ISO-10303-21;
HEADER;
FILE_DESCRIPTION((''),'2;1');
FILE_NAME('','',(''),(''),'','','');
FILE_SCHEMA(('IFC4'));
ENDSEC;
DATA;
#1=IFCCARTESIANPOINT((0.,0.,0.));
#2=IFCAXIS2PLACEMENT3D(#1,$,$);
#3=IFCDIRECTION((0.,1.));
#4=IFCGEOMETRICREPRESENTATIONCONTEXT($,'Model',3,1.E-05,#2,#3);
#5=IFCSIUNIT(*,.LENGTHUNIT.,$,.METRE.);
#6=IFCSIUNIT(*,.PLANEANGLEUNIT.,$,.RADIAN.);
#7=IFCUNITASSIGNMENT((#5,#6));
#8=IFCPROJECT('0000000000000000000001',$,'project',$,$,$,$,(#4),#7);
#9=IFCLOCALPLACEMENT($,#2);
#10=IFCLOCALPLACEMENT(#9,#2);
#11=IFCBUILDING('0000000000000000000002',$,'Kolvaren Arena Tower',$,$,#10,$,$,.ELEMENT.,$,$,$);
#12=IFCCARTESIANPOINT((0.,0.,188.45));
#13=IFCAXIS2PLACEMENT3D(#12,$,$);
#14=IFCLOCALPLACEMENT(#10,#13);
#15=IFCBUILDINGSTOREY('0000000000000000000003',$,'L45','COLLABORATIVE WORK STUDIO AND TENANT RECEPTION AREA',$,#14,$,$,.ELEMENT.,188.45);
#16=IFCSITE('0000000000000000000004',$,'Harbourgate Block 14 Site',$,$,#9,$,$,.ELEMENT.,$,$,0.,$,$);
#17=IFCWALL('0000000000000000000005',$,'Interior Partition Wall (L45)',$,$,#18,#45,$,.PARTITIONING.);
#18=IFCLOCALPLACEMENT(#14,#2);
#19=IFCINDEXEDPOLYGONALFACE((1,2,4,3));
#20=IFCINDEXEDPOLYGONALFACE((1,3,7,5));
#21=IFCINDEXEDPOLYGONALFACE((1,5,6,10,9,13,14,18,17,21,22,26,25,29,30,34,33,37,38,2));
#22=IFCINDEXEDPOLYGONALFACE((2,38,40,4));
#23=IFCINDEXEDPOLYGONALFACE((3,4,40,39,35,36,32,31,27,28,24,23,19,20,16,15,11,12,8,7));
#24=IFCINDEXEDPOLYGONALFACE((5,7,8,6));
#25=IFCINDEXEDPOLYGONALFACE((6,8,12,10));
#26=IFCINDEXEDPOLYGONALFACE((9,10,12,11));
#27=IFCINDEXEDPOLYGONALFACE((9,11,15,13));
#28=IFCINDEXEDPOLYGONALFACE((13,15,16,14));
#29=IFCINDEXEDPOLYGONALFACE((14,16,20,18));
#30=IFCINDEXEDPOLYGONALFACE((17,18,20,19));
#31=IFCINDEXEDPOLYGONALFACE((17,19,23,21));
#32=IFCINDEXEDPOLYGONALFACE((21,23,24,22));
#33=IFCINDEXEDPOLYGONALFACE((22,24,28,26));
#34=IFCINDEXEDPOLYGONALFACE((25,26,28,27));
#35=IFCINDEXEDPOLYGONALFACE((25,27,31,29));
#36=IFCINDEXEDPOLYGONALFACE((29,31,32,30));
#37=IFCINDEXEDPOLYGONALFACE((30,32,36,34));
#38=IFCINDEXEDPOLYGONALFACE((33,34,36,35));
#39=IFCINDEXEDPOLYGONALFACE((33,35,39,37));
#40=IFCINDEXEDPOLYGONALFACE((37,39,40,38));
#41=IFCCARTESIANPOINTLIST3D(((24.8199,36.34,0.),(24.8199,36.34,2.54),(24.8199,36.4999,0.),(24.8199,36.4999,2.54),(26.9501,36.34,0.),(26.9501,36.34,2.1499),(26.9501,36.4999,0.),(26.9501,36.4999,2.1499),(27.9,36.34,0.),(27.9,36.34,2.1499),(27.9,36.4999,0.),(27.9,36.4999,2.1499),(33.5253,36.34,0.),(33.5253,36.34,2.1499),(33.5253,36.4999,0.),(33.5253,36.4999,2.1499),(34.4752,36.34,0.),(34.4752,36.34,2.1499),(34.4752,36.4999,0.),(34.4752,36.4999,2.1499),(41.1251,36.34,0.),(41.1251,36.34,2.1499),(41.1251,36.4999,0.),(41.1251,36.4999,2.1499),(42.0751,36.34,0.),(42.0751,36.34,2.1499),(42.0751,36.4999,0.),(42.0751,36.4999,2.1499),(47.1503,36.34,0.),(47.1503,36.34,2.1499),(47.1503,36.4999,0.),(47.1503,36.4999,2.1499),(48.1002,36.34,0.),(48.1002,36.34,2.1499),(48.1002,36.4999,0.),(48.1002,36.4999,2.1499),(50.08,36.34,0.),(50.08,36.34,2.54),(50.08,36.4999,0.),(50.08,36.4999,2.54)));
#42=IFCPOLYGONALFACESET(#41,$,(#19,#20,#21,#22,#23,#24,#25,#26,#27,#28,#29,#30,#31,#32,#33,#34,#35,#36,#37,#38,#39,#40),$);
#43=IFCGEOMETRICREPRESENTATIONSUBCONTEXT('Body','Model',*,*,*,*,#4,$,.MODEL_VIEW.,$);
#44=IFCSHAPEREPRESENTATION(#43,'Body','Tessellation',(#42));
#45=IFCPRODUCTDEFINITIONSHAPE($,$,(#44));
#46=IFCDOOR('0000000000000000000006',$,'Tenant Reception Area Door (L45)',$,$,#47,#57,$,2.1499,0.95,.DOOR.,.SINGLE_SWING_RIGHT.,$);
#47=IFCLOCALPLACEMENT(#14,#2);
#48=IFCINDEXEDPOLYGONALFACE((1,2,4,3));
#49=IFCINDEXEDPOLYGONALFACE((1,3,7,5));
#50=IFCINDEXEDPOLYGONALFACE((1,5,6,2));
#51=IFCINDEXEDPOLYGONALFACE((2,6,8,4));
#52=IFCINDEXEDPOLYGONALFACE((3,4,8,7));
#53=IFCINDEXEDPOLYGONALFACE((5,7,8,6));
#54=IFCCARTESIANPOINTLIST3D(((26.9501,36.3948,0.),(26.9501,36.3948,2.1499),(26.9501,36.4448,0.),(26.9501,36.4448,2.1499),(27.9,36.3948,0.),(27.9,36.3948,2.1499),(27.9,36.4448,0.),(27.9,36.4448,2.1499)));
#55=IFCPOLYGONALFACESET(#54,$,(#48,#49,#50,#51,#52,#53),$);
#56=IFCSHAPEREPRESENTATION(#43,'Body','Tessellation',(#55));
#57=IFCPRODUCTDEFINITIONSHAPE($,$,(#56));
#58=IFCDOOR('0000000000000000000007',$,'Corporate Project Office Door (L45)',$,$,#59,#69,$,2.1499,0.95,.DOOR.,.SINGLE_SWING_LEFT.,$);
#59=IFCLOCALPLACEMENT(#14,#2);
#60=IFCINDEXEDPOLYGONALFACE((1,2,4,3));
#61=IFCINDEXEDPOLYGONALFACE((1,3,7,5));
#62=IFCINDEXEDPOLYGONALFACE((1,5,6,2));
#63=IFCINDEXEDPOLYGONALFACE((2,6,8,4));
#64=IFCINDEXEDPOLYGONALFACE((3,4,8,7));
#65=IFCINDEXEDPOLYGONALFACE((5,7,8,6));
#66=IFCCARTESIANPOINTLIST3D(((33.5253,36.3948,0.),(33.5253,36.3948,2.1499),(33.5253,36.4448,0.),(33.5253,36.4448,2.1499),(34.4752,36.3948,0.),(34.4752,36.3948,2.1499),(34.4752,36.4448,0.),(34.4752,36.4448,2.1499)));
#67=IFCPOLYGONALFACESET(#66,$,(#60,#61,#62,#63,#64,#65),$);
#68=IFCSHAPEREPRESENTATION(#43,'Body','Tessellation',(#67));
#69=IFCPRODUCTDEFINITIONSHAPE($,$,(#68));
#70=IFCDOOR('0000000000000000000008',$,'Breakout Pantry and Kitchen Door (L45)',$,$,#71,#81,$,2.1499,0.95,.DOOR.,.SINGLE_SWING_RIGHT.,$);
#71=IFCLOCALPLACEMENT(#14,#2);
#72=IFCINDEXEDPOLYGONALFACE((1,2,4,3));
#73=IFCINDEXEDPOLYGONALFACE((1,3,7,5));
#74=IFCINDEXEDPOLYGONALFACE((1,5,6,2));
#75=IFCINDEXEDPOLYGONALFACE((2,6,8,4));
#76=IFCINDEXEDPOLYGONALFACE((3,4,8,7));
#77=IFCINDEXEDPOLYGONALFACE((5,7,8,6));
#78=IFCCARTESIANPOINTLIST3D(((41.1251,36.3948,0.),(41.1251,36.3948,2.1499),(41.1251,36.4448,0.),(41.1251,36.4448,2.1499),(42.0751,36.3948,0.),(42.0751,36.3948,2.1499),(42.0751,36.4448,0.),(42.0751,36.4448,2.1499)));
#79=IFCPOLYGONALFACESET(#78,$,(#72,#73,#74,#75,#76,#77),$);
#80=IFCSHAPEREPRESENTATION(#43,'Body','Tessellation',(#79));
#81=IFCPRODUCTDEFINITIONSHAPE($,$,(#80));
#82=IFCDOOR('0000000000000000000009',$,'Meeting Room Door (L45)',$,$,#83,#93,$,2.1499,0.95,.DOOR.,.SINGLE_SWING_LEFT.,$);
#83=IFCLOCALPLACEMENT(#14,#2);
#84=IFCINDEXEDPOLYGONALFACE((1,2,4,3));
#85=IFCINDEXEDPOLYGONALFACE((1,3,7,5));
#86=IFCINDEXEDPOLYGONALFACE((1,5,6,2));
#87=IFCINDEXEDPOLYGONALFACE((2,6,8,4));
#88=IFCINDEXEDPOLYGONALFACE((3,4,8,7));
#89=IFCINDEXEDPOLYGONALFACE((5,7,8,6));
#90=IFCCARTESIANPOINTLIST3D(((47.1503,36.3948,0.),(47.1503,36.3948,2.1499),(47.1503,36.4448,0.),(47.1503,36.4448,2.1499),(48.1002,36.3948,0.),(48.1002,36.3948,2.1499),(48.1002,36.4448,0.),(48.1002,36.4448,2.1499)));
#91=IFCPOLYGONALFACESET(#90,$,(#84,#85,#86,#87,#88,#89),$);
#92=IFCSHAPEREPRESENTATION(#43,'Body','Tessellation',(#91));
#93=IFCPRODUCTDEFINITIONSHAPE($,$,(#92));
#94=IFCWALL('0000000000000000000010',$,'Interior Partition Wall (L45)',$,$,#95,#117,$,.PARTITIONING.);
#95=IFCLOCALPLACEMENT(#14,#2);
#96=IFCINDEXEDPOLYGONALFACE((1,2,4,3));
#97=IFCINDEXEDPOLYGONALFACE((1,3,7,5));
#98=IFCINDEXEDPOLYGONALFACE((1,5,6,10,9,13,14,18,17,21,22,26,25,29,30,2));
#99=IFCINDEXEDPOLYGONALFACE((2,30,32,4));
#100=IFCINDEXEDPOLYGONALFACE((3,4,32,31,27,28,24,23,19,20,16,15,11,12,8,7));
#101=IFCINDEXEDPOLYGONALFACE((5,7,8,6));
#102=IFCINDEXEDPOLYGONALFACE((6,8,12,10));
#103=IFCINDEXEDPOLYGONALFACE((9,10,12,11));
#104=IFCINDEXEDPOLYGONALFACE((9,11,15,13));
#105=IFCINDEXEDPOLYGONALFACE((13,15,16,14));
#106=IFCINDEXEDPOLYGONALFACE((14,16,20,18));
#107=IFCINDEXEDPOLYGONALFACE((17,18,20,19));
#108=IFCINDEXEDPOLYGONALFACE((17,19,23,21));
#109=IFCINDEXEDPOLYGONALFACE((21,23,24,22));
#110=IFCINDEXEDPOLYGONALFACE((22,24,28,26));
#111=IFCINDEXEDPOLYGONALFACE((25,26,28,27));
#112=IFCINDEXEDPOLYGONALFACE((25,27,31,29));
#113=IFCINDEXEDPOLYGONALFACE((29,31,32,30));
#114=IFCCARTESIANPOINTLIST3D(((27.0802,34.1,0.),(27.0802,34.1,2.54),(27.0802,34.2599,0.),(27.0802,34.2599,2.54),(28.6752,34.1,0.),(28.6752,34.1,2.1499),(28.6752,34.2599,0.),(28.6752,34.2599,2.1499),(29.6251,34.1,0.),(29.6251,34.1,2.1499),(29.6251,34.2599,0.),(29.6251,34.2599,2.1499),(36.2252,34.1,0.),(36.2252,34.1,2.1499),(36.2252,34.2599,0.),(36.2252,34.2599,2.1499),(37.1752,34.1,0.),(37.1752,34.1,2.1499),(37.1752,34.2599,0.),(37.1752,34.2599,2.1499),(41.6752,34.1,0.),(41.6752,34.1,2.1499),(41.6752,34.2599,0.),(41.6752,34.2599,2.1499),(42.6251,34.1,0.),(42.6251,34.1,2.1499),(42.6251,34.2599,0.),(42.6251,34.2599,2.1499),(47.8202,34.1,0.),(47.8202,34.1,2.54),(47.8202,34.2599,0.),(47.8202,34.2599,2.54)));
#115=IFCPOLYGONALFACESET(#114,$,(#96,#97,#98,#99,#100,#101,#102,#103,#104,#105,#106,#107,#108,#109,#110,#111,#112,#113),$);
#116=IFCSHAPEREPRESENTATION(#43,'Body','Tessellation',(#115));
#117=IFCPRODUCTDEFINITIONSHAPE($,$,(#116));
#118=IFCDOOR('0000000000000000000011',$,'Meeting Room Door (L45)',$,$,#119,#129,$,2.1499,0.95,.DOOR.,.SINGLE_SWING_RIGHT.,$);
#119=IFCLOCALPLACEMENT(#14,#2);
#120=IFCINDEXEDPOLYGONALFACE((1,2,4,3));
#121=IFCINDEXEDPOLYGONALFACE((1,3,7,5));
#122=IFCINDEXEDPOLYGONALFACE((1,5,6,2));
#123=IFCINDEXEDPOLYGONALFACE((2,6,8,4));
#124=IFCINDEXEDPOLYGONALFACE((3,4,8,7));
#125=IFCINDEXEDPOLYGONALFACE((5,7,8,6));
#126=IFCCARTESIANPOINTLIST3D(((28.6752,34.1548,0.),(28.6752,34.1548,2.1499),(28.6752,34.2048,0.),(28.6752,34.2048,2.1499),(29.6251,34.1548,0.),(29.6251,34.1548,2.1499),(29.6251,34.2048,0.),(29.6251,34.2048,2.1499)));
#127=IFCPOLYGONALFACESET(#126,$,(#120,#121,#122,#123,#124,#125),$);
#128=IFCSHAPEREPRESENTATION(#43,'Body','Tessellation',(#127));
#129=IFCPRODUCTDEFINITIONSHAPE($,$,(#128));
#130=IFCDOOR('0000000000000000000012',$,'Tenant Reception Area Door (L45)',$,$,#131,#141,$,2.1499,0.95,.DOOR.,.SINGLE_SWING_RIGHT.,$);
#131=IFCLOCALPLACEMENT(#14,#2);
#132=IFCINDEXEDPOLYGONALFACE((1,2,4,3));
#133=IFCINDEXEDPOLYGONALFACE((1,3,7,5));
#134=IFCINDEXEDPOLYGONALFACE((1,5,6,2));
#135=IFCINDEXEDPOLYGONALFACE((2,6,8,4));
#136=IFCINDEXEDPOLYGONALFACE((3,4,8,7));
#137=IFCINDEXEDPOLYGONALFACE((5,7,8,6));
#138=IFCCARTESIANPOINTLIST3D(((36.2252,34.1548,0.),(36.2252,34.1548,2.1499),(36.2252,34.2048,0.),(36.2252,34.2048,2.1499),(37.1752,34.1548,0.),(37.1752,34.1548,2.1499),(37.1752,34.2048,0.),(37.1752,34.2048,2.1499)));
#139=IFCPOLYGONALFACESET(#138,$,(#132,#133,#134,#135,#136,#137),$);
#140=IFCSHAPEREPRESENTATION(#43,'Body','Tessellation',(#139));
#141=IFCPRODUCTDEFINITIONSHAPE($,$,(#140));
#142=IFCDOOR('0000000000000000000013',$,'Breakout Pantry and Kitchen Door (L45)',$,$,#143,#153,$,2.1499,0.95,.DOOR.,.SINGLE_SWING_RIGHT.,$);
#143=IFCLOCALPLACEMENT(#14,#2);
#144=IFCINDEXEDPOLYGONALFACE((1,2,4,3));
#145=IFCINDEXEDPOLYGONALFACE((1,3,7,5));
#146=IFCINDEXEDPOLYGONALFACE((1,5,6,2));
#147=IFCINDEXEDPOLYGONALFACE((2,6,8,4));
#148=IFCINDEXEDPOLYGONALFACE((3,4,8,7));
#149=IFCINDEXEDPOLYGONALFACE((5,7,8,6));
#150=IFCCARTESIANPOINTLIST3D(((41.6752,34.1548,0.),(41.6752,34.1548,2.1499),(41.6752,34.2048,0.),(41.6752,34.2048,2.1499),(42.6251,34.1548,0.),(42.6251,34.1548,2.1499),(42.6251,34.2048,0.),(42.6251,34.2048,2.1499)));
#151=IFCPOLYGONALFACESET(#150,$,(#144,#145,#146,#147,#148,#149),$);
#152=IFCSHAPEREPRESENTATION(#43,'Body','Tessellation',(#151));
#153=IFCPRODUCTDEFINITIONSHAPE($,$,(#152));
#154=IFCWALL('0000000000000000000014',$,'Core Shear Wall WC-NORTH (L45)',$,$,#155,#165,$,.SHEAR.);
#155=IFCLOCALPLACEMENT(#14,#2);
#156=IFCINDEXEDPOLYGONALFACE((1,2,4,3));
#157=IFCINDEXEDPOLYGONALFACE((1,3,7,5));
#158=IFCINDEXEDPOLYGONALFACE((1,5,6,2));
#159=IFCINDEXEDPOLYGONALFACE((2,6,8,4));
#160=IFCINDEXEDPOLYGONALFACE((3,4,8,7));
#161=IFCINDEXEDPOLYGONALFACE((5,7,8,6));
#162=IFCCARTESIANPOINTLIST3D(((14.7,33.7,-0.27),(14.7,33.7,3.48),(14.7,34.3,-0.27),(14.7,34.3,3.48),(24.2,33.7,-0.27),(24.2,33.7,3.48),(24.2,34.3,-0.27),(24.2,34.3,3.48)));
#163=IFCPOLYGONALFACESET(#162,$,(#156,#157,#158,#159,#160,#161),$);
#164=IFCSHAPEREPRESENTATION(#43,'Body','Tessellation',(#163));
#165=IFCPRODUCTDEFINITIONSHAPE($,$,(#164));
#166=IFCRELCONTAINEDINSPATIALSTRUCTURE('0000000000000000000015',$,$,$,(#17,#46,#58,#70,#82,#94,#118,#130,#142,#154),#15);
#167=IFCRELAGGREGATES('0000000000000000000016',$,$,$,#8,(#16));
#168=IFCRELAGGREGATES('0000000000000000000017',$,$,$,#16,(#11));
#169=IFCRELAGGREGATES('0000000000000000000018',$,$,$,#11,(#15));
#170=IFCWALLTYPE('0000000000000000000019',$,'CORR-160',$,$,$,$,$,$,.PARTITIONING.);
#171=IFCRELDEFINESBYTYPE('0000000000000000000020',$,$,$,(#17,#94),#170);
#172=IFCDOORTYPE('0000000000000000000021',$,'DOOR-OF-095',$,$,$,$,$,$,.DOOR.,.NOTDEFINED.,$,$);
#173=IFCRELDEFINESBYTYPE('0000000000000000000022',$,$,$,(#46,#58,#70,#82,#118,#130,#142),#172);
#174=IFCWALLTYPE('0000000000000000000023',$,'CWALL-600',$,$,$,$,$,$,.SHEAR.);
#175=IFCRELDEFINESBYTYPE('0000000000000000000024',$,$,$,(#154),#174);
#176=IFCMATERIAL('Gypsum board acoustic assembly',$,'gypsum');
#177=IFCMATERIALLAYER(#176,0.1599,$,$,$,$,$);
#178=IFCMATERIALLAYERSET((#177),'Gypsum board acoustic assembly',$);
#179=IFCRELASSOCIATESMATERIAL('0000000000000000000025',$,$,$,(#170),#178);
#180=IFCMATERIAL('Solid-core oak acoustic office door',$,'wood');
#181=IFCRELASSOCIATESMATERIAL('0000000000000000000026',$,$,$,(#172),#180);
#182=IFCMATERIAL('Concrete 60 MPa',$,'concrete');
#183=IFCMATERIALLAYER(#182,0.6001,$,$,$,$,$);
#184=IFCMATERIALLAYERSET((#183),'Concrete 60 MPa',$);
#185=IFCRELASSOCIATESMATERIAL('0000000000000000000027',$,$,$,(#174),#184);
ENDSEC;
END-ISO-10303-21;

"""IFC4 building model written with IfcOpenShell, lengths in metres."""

from ifc_helpers import new_model, si_unit, direction, frame, frame_2d, origin, place, context, subcontext, project, spatial, rectangle, extrude, material, layer, layer_set, type_object, element, fill, save


model = new_model("IFC4")

# Units and contexts
model_context = context("Model", 3, precision=1e-05, world=origin(), true_north=direction((0.0, 1.0)))
body_context = subcontext(model_context, "Body", "Model", "MODEL_VIEW")
ifc_project = project(units=[si_unit("LENGTHUNIT", "METRE"), si_unit("PLANEANGLEUNIT", "RADIAN")], contexts=[model_context])

# Site, building, storey
site_placement = place(None, origin())
site = spatial("IfcSite", under=ifc_project, at=site_placement, Name="Harbourgate Block 14 Site", CompositionType="ELEMENT", RefElevation=0.0)
building_placement = place(site_placement, origin())
building = spatial("IfcBuilding", under=site, at=building_placement, Name="Kolvaren Arena Tower", CompositionType="ELEMENT")
storey_placement = place(building_placement, frame((0.0, 0.0, 188.45)))
storey = spatial("IfcBuildingStorey", under=building, at=storey_placement, Name="L45", Description="COLLABORATIVE WORK STUDIO AND TENANT RECEPTION AREA", CompositionType="ELEMENT", Elevation=188.45)

# Shared definitions
ifc_material_1 = material(Name="Gypsum board acoustic assembly", Category="gypsum")
ifc_layer_1 = layer(ifc_material_1, 0.1599)
ifc_layer_set_1 = layer_set([ifc_layer_1], Name="Gypsum board acoustic assembly")
wall_type_1 = type_object("IfcWallType", Name="CORR-160", PredefinedType="PARTITIONING", material=ifc_layer_set_1)

# Walls, openings, doors
wall_1_placement = place(storey_placement, frame((24.8201, 36.4199, 0.0), z_axis=(0.0, 0.0, 1.0), x_axis=(1.0, 0.0, 0.0)))
wall_1 = element("IfcWall", 1, at=wall_1_placement, inside=storey, type_object=wall_type_1, Name="Interior Partition Wall (L45)", PredefinedType="PARTITIONING", context=body_context, shape_type="SweptSolid", body=[
    extrude(rectangle(XDim=25.26, YDim=0.1599, at=frame_2d((12.6299, 0.0))), origin(), (0.0, 0.0, 1.0), 2.54),
])
opening_1_placement = place(wall_1_placement, frame((2.1299, 0.0, 0.0)))
opening_1 = element("IfcOpeningElement", 2, at=opening_1_placement, cuts=wall_1, PredefinedType="OPENING", context=body_context, shape_type="SweptSolid", body=[
    extrude(rectangle(XDim=0.95, YDim=2.1499, at=frame_2d((0.4751, 1.075))), frame((0.0, 0.0898, 0.0), z_axis=(0.0, -1.0, 0.0), x_axis=(1.0, 0.0, 0.0)), (0.0, 0.0, 1.0), 0.1799),
])
opening_2_placement = place(wall_1_placement, frame((8.7051, 0.0, 0.0)))
opening_2 = element("IfcOpeningElement", 3, at=opening_2_placement, cuts=wall_1, PredefinedType="OPENING", context=body_context, shape_type="SweptSolid", body=[
    extrude(rectangle(XDim=0.95, YDim=2.1499, at=frame_2d((0.4751, 1.075))), frame((0.0, 0.0898, 0.0), z_axis=(0.0, -1.0, 0.0), x_axis=(1.0, 0.0, 0.0)), (0.0, 0.0, 1.0), 0.1799),
])
opening_3_placement = place(wall_1_placement, frame((16.3049, 0.0, 0.0)))
opening_3 = element("IfcOpeningElement", 4, at=opening_3_placement, cuts=wall_1, PredefinedType="OPENING", context=body_context, shape_type="SweptSolid", body=[
    extrude(rectangle(XDim=0.95, YDim=2.1499, at=frame_2d((0.4751, 1.075))), frame((0.0, 0.0898, 0.0), z_axis=(0.0, -1.0, 0.0), x_axis=(1.0, 0.0, 0.0)), (0.0, 0.0, 1.0), 0.1799),
])
opening_4_placement = place(wall_1_placement, frame((22.3301, 0.0, 0.0)))
opening_4 = element("IfcOpeningElement", 5, at=opening_4_placement, cuts=wall_1, PredefinedType="OPENING", context=body_context, shape_type="SweptSolid", body=[
    extrude(rectangle(XDim=0.95, YDim=2.1499, at=frame_2d((0.4751, 1.075))), frame((0.0, 0.0898, 0.0), z_axis=(0.0, -1.0, 0.0), x_axis=(1.0, 0.0, 0.0)), (0.0, 0.0, 1.0), 0.1799),
])
ifc_material_2 = material(Name="Solid-core oak acoustic office door", Category="wood")
door_type = type_object("IfcDoorType", Name="DOOR-OF-095", OperationType="NOTDEFINED", PredefinedType="DOOR", material=ifc_material_2)
door_1_placement = place(opening_1_placement, origin())
door_1 = element("IfcDoor", 6, at=door_1_placement, inside=storey, type_object=door_type, Name="Tenant Reception Area Door (L45)", OperationType="SINGLE_SWING_RIGHT", OverallHeight=2.1499, OverallWidth=0.95, PredefinedType="DOOR", context=body_context, shape_type="SweptSolid", body=[
    extrude(rectangle(XDim=0.95, YDim=2.1499, at=frame_2d((0.4751, 1.075))), frame((0.0, 0.0249, 0.0), z_axis=(0.0, -1.0, 0.0), x_axis=(1.0, 0.0, 0.0)), (0.0, 0.0, 1.0), 0.05),
])
fill(opening_1, door_1)
door_2_placement = place(opening_2_placement, origin())
door_2 = element("IfcDoor", 7, at=door_2_placement, inside=storey, type_object=door_type, Name="Corporate Project Office Door (L45)", OperationType="SINGLE_SWING_LEFT", OverallHeight=2.1499, OverallWidth=0.95, PredefinedType="DOOR", context=body_context, shape_type="SweptSolid", body=[
    extrude(rectangle(XDim=0.95, YDim=2.1499, at=frame_2d((0.4751, 1.075))), frame((0.0, 0.0249, 0.0), z_axis=(0.0, -1.0, 0.0), x_axis=(1.0, 0.0, 0.0)), (0.0, 0.0, 1.0), 0.05),
])
fill(opening_2, door_2)
door_3_placement = place(opening_3_placement, origin())
door_3 = element("IfcDoor", 8, at=door_3_placement, inside=storey, type_object=door_type, Name="Breakout Pantry and Kitchen Door (L45)", OperationType="SINGLE_SWING_RIGHT", OverallHeight=2.1499, OverallWidth=0.95, PredefinedType="DOOR", context=body_context, shape_type="SweptSolid", body=[
    extrude(rectangle(XDim=0.95, YDim=2.1499, at=frame_2d((0.4751, 1.075))), frame((0.0, 0.0249, 0.0), z_axis=(0.0, -1.0, 0.0), x_axis=(1.0, 0.0, 0.0)), (0.0, 0.0, 1.0), 0.05),
])
fill(opening_3, door_3)
door_4_placement = place(opening_4_placement, origin())
door_4 = element("IfcDoor", 9, at=door_4_placement, inside=storey, type_object=door_type, Name="Meeting Room Door (L45)", OperationType="SINGLE_SWING_LEFT", OverallHeight=2.1499, OverallWidth=0.95, PredefinedType="DOOR", context=body_context, shape_type="SweptSolid", body=[
    extrude(rectangle(XDim=0.95, YDim=2.1499, at=frame_2d((0.4751, 1.075))), frame((0.0, 0.0249, 0.0), z_axis=(0.0, -1.0, 0.0), x_axis=(1.0, 0.0, 0.0)), (0.0, 0.0, 1.0), 0.05),
])
fill(opening_4, door_4)
wall_2_placement = place(storey_placement, frame((27.0801, 34.1799, 0.0), z_axis=(0.0, 0.0, 1.0), x_axis=(1.0, 0.0, 0.0)))
wall_2 = element("IfcWall", 10, at=wall_2_placement, inside=storey, type_object=wall_type_1, Name="Interior Partition Wall (L45)", PredefinedType="PARTITIONING", context=body_context, shape_type="SweptSolid", body=[
    extrude(rectangle(XDim=20.74, YDim=0.1599, at=frame_2d((10.3701, 0.0))), origin(), (0.0, 0.0, 1.0), 2.54),
])
opening_5_placement = place(wall_2_placement, frame((1.595, 0.0, 0.0)))
opening_5 = element("IfcOpeningElement", 11, at=opening_5_placement, cuts=wall_2, PredefinedType="OPENING", context=body_context, shape_type="SweptSolid", body=[
    extrude(rectangle(XDim=0.95, YDim=2.1499, at=frame_2d((0.4751, 1.075))), frame((0.0, 0.0898, 0.0), z_axis=(0.0, -1.0, 0.0), x_axis=(1.0, 0.0, 0.0)), (0.0, 0.0, 1.0), 0.1799),
])
opening_6_placement = place(wall_2_placement, frame((9.145, 0.0, 0.0)))
opening_6 = element("IfcOpeningElement", 12, at=opening_6_placement, cuts=wall_2, PredefinedType="OPENING", context=body_context, shape_type="SweptSolid", body=[
    extrude(rectangle(XDim=0.95, YDim=2.1499, at=frame_2d((0.4751, 1.075))), frame((0.0, 0.0898, 0.0), z_axis=(0.0, -1.0, 0.0), x_axis=(1.0, 0.0, 0.0)), (0.0, 0.0, 1.0), 0.1799),
])
opening_7_placement = place(wall_2_placement, frame((14.595, 0.0, 0.0)))
opening_7 = element("IfcOpeningElement", 13, at=opening_7_placement, cuts=wall_2, PredefinedType="OPENING", context=body_context, shape_type="SweptSolid", body=[
    extrude(rectangle(XDim=0.95, YDim=2.1499, at=frame_2d((0.4751, 1.075))), frame((0.0, 0.0898, 0.0), z_axis=(0.0, -1.0, 0.0), x_axis=(1.0, 0.0, 0.0)), (0.0, 0.0, 1.0), 0.1799),
])
door_5_placement = place(opening_5_placement, origin())
door_5 = element("IfcDoor", 14, at=door_5_placement, inside=storey, type_object=door_type, Name="Meeting Room Door (L45)", OperationType="SINGLE_SWING_RIGHT", OverallHeight=2.1499, OverallWidth=0.95, PredefinedType="DOOR", context=body_context, shape_type="SweptSolid", body=[
    extrude(rectangle(XDim=0.95, YDim=2.1499, at=frame_2d((0.4751, 1.075))), frame((0.0, 0.0249, 0.0), z_axis=(0.0, -1.0, 0.0), x_axis=(1.0, 0.0, 0.0)), (0.0, 0.0, 1.0), 0.05),
])
fill(opening_5, door_5)
door_6_placement = place(opening_6_placement, origin())
door_6 = element("IfcDoor", 15, at=door_6_placement, inside=storey, type_object=door_type, Name="Tenant Reception Area Door (L45)", OperationType="SINGLE_SWING_RIGHT", OverallHeight=2.1499, OverallWidth=0.95, PredefinedType="DOOR", context=body_context, shape_type="SweptSolid", body=[
    extrude(rectangle(XDim=0.95, YDim=2.1499, at=frame_2d((0.4751, 1.075))), frame((0.0, 0.0249, 0.0), z_axis=(0.0, -1.0, 0.0), x_axis=(1.0, 0.0, 0.0)), (0.0, 0.0, 1.0), 0.05),
])
fill(opening_6, door_6)
door_7_placement = place(opening_7_placement, origin())
door_7 = element("IfcDoor", 16, at=door_7_placement, inside=storey, type_object=door_type, Name="Breakout Pantry and Kitchen Door (L45)", OperationType="SINGLE_SWING_RIGHT", OverallHeight=2.1499, OverallWidth=0.95, PredefinedType="DOOR", context=body_context, shape_type="SweptSolid", body=[
    extrude(rectangle(XDim=0.95, YDim=2.1499, at=frame_2d((0.4751, 1.075))), frame((0.0, 0.0249, 0.0), z_axis=(0.0, -1.0, 0.0), x_axis=(1.0, 0.0, 0.0)), (0.0, 0.0, 1.0), 0.05),
])
fill(opening_7, door_7)

# Wall
ifc_material_3 = material(Name="Concrete 60 MPa", Category="concrete")
ifc_layer_2 = layer(ifc_material_3, 0.6001)
ifc_layer_set_2 = layer_set([ifc_layer_2], Name="Concrete 60 MPa")
wall_type_2 = type_object("IfcWallType", Name="CWALL-600", PredefinedType="SHEAR", material=ifc_layer_set_2)
wall_3_placement = place(storey_placement, frame((14.7, 34.0, -0.27), z_axis=(0.0, 0.0, 1.0), x_axis=(1.0, 0.0, 0.0)))
element("IfcWall", 17, at=wall_3_placement, inside=storey, type_object=wall_type_2, Name="Core Shear Wall WC-NORTH (L45)", PredefinedType="SHEAR", context=body_context, shape_type="SweptSolid", body=[
    extrude(rectangle(XDim=9.5, YDim=0.6001, at=frame_2d((4.75, 0.0))), origin(), (0.0, 0.0, 1.0), 3.75),
])

save(model, "model.ifc")
